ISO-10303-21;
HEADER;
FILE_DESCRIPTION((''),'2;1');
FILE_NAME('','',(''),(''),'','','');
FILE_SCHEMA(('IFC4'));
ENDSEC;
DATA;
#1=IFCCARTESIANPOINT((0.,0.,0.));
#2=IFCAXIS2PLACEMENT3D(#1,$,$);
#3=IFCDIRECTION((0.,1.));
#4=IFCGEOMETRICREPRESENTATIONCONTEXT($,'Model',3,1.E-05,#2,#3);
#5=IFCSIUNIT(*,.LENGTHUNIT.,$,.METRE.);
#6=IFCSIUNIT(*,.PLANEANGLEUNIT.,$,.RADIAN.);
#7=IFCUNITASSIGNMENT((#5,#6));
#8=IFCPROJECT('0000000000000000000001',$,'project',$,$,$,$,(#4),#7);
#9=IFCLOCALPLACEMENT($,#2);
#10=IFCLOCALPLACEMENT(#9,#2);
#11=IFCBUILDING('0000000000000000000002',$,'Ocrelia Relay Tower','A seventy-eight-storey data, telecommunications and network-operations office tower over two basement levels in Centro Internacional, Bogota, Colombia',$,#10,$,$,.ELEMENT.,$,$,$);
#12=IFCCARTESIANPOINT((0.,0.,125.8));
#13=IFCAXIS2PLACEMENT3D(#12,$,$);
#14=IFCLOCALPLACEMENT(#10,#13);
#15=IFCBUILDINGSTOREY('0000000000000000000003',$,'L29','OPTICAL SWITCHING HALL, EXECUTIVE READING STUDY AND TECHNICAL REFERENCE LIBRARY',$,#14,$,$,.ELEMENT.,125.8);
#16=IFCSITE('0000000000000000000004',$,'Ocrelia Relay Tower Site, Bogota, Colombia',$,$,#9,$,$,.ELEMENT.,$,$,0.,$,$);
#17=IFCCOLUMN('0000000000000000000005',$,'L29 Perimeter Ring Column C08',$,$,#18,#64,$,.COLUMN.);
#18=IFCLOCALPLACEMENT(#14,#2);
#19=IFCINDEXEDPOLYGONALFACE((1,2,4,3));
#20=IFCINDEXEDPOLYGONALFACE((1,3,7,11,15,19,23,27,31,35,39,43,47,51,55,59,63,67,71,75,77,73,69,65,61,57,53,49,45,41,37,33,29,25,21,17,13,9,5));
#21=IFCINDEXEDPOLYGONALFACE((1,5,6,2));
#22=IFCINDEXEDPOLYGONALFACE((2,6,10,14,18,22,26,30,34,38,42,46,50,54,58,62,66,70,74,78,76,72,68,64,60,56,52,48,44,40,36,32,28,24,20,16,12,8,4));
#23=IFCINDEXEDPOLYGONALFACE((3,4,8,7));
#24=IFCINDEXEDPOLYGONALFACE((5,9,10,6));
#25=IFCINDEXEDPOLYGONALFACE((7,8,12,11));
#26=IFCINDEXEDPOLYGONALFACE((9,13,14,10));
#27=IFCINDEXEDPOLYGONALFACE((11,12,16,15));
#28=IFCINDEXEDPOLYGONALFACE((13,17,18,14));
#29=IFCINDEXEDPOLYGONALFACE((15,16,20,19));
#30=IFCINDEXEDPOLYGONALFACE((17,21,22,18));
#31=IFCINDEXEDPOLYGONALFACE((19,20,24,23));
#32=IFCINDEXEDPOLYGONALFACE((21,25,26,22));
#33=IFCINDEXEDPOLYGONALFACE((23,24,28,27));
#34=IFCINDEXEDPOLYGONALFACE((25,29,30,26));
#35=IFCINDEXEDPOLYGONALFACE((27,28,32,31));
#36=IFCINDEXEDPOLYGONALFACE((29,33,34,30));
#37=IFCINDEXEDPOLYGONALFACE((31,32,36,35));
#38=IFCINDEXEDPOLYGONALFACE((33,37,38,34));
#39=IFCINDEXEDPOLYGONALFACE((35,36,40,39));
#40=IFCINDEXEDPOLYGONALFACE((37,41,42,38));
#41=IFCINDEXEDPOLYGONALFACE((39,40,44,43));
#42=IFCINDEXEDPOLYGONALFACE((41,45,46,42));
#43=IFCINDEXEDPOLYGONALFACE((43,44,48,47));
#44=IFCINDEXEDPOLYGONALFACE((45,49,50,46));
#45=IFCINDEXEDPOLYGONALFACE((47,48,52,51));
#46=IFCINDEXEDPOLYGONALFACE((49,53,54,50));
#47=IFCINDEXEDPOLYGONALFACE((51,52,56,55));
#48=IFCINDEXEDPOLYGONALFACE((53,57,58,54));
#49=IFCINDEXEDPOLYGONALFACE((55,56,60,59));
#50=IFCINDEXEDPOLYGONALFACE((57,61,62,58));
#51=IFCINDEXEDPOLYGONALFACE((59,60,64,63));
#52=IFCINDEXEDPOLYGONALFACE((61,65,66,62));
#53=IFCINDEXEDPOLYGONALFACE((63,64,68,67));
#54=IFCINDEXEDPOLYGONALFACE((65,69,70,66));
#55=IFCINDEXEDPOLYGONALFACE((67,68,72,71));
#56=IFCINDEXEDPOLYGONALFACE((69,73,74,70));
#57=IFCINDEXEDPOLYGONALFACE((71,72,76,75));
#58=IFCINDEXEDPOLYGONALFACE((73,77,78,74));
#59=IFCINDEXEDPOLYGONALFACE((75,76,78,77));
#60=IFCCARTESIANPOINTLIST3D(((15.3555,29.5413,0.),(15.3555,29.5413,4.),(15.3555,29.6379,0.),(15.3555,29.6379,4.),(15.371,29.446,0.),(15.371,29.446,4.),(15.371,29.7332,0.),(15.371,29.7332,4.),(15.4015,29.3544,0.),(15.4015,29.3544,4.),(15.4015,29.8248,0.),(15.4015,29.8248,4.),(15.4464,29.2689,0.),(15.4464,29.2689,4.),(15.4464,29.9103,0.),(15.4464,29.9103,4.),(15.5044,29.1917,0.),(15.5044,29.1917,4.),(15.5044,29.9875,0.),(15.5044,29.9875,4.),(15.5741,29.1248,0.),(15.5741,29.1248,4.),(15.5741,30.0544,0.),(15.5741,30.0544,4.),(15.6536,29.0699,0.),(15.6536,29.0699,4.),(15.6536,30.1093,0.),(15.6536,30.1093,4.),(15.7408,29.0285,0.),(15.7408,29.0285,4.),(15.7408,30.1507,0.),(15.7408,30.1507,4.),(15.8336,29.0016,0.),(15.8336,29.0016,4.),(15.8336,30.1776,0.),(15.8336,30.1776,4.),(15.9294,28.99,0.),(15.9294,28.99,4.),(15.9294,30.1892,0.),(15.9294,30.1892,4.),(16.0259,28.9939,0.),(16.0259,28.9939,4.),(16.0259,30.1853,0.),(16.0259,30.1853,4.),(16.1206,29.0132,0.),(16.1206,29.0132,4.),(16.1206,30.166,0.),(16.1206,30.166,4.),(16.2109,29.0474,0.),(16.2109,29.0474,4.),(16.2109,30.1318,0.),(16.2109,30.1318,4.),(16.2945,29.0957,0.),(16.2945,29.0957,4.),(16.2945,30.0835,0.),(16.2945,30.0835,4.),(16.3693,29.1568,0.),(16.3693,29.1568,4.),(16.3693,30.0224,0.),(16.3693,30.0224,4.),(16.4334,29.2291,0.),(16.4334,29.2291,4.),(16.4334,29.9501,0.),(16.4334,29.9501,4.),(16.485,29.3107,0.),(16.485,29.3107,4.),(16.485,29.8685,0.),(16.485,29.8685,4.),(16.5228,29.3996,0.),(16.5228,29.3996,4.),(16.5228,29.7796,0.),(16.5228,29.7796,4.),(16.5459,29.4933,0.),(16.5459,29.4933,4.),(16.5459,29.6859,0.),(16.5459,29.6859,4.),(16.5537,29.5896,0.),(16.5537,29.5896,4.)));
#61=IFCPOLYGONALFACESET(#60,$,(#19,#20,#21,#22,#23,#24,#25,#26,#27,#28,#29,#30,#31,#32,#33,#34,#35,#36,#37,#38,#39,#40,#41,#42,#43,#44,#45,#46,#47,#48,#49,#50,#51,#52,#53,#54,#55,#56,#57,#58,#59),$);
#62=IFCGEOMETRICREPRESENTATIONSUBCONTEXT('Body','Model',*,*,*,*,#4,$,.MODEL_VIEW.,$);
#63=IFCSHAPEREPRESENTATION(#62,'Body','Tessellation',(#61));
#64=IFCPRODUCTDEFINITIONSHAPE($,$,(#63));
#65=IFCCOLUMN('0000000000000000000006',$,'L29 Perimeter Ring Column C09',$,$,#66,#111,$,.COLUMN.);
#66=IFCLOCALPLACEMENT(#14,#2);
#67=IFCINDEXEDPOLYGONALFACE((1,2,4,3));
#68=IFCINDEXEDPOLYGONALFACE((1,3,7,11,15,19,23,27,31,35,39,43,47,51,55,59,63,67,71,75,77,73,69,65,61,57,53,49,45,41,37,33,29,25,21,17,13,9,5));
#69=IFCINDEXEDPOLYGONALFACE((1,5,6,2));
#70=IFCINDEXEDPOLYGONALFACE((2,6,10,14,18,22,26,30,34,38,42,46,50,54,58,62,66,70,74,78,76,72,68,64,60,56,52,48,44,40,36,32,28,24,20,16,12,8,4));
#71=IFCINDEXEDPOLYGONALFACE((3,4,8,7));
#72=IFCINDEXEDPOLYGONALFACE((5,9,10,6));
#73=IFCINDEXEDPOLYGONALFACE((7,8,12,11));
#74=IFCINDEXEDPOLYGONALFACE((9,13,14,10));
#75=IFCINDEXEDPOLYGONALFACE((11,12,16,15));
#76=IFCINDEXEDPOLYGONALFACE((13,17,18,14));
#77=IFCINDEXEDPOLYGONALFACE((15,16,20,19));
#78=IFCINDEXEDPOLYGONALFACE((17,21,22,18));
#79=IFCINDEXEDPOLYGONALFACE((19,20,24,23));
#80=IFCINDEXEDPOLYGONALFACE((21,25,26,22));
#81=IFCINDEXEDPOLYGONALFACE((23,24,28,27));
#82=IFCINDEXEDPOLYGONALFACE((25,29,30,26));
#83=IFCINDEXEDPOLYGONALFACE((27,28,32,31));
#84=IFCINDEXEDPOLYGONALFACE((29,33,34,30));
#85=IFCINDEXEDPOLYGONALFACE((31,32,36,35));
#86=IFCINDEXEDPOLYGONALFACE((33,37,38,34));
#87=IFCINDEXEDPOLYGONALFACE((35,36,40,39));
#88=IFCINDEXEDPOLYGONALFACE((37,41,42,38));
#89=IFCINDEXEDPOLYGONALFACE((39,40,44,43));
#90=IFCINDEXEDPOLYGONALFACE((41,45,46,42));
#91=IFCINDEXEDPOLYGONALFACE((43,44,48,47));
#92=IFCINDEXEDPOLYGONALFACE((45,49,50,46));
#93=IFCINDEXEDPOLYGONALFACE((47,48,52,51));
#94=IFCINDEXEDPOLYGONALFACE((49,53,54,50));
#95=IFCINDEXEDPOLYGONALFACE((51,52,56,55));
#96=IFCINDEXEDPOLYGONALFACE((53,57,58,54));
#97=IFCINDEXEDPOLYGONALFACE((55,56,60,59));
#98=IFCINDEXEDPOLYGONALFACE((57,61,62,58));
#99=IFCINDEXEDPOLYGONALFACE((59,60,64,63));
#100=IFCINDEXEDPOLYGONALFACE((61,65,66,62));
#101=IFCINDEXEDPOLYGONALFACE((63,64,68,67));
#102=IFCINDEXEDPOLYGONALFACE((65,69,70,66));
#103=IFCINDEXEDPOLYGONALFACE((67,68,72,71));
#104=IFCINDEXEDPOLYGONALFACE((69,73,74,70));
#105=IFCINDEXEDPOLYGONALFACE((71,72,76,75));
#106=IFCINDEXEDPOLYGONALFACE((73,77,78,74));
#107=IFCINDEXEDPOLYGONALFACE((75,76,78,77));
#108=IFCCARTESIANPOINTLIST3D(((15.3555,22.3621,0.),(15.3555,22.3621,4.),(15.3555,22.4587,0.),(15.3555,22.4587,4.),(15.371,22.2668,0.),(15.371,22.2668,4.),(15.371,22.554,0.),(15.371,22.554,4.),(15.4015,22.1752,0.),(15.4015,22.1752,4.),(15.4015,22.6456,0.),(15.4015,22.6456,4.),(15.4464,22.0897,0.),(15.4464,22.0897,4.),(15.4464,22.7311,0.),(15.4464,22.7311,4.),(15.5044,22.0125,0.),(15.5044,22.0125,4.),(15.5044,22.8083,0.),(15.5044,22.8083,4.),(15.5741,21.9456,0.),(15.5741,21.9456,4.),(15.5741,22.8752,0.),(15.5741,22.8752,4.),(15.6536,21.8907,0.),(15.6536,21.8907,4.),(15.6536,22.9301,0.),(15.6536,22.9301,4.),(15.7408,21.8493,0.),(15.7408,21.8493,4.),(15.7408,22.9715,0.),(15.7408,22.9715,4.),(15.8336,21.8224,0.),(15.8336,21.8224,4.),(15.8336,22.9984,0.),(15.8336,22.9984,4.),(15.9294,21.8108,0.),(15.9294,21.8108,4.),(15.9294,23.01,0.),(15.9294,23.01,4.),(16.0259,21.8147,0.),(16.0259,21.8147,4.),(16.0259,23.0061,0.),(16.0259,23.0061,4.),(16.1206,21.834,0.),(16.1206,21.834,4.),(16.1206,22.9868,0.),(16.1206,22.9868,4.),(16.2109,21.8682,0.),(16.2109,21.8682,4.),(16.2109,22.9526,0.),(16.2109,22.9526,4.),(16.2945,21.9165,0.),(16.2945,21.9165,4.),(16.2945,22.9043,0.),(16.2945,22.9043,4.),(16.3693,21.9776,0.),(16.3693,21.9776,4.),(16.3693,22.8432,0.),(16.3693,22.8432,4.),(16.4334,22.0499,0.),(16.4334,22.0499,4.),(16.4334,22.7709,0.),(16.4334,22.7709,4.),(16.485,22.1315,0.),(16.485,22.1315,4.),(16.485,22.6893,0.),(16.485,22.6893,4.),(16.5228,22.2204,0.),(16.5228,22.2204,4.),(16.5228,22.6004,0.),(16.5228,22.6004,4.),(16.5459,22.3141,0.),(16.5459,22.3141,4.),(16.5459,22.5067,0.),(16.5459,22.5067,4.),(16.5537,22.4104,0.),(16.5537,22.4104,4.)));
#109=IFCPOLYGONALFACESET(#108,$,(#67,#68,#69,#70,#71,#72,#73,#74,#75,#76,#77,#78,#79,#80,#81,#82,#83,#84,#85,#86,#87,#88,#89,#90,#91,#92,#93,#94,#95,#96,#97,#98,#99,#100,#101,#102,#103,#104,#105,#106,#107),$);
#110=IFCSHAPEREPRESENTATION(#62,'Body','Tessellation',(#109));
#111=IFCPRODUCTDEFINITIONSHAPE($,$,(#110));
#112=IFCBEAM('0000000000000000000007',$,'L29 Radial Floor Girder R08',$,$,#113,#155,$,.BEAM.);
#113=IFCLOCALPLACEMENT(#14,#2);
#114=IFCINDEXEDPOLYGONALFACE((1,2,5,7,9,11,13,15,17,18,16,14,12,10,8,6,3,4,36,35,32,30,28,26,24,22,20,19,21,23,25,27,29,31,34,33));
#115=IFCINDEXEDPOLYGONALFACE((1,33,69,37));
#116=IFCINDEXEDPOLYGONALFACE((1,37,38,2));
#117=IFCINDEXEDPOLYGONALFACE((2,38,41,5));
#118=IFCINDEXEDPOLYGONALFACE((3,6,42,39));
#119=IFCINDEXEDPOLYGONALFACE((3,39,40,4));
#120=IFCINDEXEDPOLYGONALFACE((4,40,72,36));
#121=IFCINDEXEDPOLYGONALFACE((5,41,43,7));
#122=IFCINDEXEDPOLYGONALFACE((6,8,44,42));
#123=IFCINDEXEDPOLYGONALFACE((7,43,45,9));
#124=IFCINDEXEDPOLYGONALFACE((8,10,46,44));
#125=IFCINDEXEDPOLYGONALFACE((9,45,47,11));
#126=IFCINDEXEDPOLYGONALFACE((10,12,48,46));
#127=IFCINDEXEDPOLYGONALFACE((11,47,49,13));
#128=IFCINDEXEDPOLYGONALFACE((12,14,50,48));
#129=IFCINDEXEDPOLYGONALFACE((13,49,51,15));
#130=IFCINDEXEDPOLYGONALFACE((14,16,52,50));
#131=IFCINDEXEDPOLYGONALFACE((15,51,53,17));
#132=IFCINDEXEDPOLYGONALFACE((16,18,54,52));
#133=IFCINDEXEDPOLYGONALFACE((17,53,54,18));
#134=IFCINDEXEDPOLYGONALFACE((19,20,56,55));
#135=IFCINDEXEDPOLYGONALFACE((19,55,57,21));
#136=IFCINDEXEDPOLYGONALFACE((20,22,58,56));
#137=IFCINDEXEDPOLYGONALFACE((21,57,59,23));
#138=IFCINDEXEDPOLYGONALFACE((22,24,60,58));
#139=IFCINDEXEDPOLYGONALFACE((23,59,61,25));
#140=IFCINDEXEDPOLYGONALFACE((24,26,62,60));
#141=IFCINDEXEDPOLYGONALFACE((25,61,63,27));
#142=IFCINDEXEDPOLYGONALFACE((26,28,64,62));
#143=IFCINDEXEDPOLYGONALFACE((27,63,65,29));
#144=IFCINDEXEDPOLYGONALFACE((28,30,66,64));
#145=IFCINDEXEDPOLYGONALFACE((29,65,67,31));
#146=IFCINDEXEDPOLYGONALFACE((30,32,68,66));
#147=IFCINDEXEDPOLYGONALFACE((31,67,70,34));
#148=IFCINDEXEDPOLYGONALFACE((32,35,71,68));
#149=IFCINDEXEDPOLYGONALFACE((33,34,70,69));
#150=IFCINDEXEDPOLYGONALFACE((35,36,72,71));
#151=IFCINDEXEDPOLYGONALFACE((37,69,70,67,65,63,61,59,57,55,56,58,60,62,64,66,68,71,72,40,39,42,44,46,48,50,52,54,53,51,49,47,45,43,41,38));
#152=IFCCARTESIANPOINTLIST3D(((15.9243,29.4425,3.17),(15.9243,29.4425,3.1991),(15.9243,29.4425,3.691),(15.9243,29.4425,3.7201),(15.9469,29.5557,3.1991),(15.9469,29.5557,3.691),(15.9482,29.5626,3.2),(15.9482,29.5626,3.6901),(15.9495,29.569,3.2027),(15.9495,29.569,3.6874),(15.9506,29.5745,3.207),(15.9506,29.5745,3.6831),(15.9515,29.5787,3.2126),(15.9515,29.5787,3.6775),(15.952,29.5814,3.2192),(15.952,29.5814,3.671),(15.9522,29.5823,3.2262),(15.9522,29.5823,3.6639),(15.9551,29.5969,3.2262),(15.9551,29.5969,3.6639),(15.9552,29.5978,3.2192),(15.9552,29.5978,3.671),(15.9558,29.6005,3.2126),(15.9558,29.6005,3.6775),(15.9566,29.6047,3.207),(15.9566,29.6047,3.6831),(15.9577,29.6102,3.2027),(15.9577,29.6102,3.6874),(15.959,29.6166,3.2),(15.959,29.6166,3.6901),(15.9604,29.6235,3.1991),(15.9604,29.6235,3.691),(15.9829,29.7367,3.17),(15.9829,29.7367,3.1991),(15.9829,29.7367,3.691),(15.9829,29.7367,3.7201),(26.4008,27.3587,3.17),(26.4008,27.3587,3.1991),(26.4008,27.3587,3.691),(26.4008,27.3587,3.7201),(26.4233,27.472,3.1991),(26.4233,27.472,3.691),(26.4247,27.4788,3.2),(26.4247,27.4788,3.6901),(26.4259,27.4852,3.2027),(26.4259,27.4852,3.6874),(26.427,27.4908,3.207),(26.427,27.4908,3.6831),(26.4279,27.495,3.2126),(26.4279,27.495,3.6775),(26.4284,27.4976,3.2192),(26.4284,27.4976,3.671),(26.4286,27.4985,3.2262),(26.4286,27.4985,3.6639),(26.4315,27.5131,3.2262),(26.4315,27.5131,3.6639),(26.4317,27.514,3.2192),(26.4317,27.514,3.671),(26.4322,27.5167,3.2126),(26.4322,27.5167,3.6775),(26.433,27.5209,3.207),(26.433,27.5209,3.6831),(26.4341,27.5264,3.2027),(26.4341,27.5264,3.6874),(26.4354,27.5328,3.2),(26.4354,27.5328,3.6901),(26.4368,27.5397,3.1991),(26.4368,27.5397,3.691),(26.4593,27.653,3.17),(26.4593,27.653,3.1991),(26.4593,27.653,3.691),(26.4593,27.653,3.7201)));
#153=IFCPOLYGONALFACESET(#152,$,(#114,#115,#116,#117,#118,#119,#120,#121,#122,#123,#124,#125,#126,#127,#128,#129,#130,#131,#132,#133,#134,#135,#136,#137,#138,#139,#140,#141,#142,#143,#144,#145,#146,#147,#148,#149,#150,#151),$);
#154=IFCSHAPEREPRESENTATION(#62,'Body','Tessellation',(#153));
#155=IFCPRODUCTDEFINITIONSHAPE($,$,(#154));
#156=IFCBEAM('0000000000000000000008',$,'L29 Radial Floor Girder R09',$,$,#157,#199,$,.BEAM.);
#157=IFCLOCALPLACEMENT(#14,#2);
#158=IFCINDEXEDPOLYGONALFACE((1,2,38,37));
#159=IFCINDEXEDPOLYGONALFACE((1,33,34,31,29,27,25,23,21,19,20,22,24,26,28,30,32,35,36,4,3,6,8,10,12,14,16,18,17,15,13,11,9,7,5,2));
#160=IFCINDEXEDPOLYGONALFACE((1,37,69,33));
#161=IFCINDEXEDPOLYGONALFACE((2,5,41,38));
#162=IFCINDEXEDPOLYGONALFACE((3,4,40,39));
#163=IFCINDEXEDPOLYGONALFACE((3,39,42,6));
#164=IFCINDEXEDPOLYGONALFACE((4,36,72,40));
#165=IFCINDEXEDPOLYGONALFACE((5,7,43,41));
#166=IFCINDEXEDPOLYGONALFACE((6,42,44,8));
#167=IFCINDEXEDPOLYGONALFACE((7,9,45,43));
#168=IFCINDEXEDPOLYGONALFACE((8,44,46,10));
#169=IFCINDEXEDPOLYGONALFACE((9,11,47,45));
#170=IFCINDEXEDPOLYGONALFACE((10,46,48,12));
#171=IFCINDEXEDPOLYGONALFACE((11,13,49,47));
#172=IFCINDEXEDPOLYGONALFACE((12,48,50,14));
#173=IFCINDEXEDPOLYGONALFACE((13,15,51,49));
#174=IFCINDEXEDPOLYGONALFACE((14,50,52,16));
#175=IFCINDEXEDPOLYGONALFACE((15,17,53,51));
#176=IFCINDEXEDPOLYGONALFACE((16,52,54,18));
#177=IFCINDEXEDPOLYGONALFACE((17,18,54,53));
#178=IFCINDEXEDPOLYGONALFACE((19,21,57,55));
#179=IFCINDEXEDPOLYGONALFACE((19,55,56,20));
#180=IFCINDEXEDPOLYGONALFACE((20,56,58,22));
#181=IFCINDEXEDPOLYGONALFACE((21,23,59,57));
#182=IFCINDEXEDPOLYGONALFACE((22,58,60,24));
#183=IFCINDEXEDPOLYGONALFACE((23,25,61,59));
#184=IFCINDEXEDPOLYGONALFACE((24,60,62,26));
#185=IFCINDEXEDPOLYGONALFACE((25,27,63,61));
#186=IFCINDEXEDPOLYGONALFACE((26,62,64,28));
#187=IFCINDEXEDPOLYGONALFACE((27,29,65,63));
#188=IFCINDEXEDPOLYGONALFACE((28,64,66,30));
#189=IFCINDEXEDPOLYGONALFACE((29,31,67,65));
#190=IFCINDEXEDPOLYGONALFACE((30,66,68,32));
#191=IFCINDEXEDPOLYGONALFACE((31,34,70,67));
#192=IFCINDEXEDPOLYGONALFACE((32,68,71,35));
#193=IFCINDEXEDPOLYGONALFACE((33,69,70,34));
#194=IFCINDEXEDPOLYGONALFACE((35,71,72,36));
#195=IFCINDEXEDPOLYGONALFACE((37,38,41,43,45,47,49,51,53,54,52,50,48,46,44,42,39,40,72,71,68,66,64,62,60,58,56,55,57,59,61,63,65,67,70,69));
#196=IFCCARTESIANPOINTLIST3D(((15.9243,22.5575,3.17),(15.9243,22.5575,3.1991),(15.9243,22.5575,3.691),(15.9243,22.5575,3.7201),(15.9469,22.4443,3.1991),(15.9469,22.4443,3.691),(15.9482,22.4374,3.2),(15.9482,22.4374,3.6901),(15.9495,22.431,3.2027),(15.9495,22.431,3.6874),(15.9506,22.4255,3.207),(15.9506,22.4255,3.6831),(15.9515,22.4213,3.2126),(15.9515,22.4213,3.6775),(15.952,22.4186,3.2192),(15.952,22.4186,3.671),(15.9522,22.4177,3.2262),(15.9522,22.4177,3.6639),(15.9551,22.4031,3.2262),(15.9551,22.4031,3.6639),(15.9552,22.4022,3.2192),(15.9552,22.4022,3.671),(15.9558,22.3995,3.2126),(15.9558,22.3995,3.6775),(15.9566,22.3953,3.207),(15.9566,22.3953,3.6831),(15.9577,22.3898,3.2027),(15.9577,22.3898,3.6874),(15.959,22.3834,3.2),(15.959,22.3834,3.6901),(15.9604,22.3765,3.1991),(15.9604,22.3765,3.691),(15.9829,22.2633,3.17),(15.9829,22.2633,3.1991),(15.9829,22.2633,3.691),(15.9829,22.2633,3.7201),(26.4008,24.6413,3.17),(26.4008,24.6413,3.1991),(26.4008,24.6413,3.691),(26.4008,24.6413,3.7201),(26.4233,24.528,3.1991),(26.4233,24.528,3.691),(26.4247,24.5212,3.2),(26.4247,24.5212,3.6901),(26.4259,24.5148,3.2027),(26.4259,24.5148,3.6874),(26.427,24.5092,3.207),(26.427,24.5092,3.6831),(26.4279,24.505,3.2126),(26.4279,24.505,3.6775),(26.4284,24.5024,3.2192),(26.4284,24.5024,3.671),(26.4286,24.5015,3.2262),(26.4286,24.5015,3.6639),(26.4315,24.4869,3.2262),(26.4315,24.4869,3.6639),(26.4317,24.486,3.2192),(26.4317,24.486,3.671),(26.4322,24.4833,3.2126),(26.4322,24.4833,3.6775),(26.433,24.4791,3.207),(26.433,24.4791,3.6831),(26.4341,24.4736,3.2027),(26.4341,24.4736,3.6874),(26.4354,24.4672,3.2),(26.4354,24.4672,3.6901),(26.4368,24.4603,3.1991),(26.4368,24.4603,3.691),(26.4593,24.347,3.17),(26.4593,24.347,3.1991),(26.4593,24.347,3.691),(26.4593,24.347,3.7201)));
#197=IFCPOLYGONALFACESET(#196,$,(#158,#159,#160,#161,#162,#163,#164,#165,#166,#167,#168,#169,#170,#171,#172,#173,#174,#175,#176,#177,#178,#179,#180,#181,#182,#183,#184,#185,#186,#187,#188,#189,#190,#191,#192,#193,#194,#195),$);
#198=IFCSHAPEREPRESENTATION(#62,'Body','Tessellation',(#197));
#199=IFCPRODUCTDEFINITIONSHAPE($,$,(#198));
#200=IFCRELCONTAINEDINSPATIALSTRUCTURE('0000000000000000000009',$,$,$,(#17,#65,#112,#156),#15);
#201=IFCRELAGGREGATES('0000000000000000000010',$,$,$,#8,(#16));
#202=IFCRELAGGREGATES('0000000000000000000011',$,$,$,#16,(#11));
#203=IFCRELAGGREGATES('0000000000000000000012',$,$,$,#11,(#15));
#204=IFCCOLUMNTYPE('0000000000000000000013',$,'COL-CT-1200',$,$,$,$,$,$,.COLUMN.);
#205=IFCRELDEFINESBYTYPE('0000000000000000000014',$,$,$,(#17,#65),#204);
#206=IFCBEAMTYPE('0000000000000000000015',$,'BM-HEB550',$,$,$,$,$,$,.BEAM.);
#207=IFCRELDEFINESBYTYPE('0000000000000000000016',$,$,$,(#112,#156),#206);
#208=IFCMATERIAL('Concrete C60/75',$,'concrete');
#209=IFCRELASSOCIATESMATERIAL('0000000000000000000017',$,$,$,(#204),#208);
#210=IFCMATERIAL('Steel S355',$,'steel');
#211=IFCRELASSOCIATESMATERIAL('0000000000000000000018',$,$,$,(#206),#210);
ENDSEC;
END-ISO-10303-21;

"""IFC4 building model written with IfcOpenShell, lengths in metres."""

from ifc_helpers import new_model, si_unit, direction, frame, origin, origin_2d, place, context, subcontext, project, spatial, circle, i_section, extrude, material, material_profile, profile_set, type_object, element, save


model = new_model("IFC4")

# Units and contexts
model_context = context("Model", 3, precision=1e-05, world=origin(), true_north=direction((0.0, 1.0)))
body_context = subcontext(model_context, "Body", "Model", "MODEL_VIEW")
ifc_project = project(units=[si_unit("LENGTHUNIT", "METRE"), si_unit("PLANEANGLEUNIT", "RADIAN")], contexts=[model_context])

# Site, building, storey
site_placement = place(None, origin())
site = spatial("IfcSite", under=ifc_project, at=site_placement, Name="Ocrelia Relay Tower Site, Bogota, Colombia", CompositionType="ELEMENT", RefElevation=0.0)
building_placement = place(site_placement, origin())
building = spatial("IfcBuilding", under=site, at=building_placement, Name="Ocrelia Relay Tower", Description="A seventy-eight-storey data, telecommunications and network-operations office tower over two basement levels in Centro Internacional, Bogota, Colombia", CompositionType="ELEMENT")
storey_placement = place(building_placement, frame((0.0, 0.0, 125.8)))
storey = spatial("IfcBuildingStorey", under=building, at=storey_placement, Name="L29", Description="OPTICAL SWITCHING HALL, EXECUTIVE READING STUDY AND TECHNICAL REFERENCE LIBRARY", CompositionType="ELEMENT", Elevation=125.8)

# Columns
ifc_material_1 = material(Name="Concrete C60/75", Category="concrete")
ifc_material_profile_1 = material_profile(ifc_material_1, circle(Radius=0.6001, at=origin_2d()), Name="RC-CIR-1200")
ifc_profile_set_1 = profile_set([ifc_material_profile_1], Name="Concrete C60/75")
column_type = type_object("IfcColumnType", Name="COL-CT-1200", PredefinedType="COLUMN", material=ifc_profile_set_1)
for number, where, z_axis, x_axis, name in (
    (1, (15.9536, 29.5896, 0.0), (0.0, 0.0, 1.0), (1.0, 0.0, 0.0), "L29 Perimeter Ring Column C08"),
    (2, (15.9536, 22.4104, 0.0), (0.0, 0.0, 1.0), (1.0, 0.0, 0.0), "L29 Perimeter Ring Column C09"),
):
    element("IfcColumn", number, at=place(storey_placement, frame(where, z_axis=z_axis, x_axis=x_axis)), inside=storey, type_object=column_type, Name=name, PredefinedType="COLUMN", context=body_context, shape_type="SweptSolid", body=[
        extrude(circle(Radius=0.6001, at=origin_2d()), origin(), (0.0, 0.0, 1.0), 4.0),
    ])

# Beams
ifc_material_2 = material(Name="Steel S355", Category="steel")
ifc_material_profile_2 = material_profile(ifc_material_2, i_section(OverallWidth=0.3, OverallDepth=0.55, WebThickness=0.0149, FlangeThickness=0.0291, FilletRadius=0.0271, at=origin_2d()), Name="HEB 550")
ifc_profile_set_2 = profile_set([ifc_material_profile_2], Name="Steel S355")
beam_type_1 = type_object("IfcBeamType", Name="BM-HEB550", PredefinedType="BEAM", material=ifc_profile_set_2)
for number, where, z_axis, x_axis, name in (
    (3, (15.9536, 29.5896, 3.4451), (0.980788, -0.195079, 0.0), (0.195079, 0.980788, 0.0), "L29 Radial Floor Girder R08"),
    (4, (15.9536, 22.4104, 3.4451), (0.980788, 0.195079, 0.0), (-0.195079, 0.980788, 0.0), "L29 Radial Floor Girder R09"),
):
    element("IfcBeam", number, at=place(storey_placement, frame(where, z_axis=z_axis, x_axis=x_axis)), inside=storey, type_object=beam_type_1, Name=name, PredefinedType="BEAM", context=body_context, shape_type="SweptSolid", body=[
        extrude(i_section(OverallWidth=0.3, OverallDepth=0.55, WebThickness=0.0149, FlangeThickness=0.0291, FilletRadius=0.0271, at=origin_2d()), origin(), (0.0, 0.0, 1.0), 10.6816),
    ])

save(model, "model.ifc")
